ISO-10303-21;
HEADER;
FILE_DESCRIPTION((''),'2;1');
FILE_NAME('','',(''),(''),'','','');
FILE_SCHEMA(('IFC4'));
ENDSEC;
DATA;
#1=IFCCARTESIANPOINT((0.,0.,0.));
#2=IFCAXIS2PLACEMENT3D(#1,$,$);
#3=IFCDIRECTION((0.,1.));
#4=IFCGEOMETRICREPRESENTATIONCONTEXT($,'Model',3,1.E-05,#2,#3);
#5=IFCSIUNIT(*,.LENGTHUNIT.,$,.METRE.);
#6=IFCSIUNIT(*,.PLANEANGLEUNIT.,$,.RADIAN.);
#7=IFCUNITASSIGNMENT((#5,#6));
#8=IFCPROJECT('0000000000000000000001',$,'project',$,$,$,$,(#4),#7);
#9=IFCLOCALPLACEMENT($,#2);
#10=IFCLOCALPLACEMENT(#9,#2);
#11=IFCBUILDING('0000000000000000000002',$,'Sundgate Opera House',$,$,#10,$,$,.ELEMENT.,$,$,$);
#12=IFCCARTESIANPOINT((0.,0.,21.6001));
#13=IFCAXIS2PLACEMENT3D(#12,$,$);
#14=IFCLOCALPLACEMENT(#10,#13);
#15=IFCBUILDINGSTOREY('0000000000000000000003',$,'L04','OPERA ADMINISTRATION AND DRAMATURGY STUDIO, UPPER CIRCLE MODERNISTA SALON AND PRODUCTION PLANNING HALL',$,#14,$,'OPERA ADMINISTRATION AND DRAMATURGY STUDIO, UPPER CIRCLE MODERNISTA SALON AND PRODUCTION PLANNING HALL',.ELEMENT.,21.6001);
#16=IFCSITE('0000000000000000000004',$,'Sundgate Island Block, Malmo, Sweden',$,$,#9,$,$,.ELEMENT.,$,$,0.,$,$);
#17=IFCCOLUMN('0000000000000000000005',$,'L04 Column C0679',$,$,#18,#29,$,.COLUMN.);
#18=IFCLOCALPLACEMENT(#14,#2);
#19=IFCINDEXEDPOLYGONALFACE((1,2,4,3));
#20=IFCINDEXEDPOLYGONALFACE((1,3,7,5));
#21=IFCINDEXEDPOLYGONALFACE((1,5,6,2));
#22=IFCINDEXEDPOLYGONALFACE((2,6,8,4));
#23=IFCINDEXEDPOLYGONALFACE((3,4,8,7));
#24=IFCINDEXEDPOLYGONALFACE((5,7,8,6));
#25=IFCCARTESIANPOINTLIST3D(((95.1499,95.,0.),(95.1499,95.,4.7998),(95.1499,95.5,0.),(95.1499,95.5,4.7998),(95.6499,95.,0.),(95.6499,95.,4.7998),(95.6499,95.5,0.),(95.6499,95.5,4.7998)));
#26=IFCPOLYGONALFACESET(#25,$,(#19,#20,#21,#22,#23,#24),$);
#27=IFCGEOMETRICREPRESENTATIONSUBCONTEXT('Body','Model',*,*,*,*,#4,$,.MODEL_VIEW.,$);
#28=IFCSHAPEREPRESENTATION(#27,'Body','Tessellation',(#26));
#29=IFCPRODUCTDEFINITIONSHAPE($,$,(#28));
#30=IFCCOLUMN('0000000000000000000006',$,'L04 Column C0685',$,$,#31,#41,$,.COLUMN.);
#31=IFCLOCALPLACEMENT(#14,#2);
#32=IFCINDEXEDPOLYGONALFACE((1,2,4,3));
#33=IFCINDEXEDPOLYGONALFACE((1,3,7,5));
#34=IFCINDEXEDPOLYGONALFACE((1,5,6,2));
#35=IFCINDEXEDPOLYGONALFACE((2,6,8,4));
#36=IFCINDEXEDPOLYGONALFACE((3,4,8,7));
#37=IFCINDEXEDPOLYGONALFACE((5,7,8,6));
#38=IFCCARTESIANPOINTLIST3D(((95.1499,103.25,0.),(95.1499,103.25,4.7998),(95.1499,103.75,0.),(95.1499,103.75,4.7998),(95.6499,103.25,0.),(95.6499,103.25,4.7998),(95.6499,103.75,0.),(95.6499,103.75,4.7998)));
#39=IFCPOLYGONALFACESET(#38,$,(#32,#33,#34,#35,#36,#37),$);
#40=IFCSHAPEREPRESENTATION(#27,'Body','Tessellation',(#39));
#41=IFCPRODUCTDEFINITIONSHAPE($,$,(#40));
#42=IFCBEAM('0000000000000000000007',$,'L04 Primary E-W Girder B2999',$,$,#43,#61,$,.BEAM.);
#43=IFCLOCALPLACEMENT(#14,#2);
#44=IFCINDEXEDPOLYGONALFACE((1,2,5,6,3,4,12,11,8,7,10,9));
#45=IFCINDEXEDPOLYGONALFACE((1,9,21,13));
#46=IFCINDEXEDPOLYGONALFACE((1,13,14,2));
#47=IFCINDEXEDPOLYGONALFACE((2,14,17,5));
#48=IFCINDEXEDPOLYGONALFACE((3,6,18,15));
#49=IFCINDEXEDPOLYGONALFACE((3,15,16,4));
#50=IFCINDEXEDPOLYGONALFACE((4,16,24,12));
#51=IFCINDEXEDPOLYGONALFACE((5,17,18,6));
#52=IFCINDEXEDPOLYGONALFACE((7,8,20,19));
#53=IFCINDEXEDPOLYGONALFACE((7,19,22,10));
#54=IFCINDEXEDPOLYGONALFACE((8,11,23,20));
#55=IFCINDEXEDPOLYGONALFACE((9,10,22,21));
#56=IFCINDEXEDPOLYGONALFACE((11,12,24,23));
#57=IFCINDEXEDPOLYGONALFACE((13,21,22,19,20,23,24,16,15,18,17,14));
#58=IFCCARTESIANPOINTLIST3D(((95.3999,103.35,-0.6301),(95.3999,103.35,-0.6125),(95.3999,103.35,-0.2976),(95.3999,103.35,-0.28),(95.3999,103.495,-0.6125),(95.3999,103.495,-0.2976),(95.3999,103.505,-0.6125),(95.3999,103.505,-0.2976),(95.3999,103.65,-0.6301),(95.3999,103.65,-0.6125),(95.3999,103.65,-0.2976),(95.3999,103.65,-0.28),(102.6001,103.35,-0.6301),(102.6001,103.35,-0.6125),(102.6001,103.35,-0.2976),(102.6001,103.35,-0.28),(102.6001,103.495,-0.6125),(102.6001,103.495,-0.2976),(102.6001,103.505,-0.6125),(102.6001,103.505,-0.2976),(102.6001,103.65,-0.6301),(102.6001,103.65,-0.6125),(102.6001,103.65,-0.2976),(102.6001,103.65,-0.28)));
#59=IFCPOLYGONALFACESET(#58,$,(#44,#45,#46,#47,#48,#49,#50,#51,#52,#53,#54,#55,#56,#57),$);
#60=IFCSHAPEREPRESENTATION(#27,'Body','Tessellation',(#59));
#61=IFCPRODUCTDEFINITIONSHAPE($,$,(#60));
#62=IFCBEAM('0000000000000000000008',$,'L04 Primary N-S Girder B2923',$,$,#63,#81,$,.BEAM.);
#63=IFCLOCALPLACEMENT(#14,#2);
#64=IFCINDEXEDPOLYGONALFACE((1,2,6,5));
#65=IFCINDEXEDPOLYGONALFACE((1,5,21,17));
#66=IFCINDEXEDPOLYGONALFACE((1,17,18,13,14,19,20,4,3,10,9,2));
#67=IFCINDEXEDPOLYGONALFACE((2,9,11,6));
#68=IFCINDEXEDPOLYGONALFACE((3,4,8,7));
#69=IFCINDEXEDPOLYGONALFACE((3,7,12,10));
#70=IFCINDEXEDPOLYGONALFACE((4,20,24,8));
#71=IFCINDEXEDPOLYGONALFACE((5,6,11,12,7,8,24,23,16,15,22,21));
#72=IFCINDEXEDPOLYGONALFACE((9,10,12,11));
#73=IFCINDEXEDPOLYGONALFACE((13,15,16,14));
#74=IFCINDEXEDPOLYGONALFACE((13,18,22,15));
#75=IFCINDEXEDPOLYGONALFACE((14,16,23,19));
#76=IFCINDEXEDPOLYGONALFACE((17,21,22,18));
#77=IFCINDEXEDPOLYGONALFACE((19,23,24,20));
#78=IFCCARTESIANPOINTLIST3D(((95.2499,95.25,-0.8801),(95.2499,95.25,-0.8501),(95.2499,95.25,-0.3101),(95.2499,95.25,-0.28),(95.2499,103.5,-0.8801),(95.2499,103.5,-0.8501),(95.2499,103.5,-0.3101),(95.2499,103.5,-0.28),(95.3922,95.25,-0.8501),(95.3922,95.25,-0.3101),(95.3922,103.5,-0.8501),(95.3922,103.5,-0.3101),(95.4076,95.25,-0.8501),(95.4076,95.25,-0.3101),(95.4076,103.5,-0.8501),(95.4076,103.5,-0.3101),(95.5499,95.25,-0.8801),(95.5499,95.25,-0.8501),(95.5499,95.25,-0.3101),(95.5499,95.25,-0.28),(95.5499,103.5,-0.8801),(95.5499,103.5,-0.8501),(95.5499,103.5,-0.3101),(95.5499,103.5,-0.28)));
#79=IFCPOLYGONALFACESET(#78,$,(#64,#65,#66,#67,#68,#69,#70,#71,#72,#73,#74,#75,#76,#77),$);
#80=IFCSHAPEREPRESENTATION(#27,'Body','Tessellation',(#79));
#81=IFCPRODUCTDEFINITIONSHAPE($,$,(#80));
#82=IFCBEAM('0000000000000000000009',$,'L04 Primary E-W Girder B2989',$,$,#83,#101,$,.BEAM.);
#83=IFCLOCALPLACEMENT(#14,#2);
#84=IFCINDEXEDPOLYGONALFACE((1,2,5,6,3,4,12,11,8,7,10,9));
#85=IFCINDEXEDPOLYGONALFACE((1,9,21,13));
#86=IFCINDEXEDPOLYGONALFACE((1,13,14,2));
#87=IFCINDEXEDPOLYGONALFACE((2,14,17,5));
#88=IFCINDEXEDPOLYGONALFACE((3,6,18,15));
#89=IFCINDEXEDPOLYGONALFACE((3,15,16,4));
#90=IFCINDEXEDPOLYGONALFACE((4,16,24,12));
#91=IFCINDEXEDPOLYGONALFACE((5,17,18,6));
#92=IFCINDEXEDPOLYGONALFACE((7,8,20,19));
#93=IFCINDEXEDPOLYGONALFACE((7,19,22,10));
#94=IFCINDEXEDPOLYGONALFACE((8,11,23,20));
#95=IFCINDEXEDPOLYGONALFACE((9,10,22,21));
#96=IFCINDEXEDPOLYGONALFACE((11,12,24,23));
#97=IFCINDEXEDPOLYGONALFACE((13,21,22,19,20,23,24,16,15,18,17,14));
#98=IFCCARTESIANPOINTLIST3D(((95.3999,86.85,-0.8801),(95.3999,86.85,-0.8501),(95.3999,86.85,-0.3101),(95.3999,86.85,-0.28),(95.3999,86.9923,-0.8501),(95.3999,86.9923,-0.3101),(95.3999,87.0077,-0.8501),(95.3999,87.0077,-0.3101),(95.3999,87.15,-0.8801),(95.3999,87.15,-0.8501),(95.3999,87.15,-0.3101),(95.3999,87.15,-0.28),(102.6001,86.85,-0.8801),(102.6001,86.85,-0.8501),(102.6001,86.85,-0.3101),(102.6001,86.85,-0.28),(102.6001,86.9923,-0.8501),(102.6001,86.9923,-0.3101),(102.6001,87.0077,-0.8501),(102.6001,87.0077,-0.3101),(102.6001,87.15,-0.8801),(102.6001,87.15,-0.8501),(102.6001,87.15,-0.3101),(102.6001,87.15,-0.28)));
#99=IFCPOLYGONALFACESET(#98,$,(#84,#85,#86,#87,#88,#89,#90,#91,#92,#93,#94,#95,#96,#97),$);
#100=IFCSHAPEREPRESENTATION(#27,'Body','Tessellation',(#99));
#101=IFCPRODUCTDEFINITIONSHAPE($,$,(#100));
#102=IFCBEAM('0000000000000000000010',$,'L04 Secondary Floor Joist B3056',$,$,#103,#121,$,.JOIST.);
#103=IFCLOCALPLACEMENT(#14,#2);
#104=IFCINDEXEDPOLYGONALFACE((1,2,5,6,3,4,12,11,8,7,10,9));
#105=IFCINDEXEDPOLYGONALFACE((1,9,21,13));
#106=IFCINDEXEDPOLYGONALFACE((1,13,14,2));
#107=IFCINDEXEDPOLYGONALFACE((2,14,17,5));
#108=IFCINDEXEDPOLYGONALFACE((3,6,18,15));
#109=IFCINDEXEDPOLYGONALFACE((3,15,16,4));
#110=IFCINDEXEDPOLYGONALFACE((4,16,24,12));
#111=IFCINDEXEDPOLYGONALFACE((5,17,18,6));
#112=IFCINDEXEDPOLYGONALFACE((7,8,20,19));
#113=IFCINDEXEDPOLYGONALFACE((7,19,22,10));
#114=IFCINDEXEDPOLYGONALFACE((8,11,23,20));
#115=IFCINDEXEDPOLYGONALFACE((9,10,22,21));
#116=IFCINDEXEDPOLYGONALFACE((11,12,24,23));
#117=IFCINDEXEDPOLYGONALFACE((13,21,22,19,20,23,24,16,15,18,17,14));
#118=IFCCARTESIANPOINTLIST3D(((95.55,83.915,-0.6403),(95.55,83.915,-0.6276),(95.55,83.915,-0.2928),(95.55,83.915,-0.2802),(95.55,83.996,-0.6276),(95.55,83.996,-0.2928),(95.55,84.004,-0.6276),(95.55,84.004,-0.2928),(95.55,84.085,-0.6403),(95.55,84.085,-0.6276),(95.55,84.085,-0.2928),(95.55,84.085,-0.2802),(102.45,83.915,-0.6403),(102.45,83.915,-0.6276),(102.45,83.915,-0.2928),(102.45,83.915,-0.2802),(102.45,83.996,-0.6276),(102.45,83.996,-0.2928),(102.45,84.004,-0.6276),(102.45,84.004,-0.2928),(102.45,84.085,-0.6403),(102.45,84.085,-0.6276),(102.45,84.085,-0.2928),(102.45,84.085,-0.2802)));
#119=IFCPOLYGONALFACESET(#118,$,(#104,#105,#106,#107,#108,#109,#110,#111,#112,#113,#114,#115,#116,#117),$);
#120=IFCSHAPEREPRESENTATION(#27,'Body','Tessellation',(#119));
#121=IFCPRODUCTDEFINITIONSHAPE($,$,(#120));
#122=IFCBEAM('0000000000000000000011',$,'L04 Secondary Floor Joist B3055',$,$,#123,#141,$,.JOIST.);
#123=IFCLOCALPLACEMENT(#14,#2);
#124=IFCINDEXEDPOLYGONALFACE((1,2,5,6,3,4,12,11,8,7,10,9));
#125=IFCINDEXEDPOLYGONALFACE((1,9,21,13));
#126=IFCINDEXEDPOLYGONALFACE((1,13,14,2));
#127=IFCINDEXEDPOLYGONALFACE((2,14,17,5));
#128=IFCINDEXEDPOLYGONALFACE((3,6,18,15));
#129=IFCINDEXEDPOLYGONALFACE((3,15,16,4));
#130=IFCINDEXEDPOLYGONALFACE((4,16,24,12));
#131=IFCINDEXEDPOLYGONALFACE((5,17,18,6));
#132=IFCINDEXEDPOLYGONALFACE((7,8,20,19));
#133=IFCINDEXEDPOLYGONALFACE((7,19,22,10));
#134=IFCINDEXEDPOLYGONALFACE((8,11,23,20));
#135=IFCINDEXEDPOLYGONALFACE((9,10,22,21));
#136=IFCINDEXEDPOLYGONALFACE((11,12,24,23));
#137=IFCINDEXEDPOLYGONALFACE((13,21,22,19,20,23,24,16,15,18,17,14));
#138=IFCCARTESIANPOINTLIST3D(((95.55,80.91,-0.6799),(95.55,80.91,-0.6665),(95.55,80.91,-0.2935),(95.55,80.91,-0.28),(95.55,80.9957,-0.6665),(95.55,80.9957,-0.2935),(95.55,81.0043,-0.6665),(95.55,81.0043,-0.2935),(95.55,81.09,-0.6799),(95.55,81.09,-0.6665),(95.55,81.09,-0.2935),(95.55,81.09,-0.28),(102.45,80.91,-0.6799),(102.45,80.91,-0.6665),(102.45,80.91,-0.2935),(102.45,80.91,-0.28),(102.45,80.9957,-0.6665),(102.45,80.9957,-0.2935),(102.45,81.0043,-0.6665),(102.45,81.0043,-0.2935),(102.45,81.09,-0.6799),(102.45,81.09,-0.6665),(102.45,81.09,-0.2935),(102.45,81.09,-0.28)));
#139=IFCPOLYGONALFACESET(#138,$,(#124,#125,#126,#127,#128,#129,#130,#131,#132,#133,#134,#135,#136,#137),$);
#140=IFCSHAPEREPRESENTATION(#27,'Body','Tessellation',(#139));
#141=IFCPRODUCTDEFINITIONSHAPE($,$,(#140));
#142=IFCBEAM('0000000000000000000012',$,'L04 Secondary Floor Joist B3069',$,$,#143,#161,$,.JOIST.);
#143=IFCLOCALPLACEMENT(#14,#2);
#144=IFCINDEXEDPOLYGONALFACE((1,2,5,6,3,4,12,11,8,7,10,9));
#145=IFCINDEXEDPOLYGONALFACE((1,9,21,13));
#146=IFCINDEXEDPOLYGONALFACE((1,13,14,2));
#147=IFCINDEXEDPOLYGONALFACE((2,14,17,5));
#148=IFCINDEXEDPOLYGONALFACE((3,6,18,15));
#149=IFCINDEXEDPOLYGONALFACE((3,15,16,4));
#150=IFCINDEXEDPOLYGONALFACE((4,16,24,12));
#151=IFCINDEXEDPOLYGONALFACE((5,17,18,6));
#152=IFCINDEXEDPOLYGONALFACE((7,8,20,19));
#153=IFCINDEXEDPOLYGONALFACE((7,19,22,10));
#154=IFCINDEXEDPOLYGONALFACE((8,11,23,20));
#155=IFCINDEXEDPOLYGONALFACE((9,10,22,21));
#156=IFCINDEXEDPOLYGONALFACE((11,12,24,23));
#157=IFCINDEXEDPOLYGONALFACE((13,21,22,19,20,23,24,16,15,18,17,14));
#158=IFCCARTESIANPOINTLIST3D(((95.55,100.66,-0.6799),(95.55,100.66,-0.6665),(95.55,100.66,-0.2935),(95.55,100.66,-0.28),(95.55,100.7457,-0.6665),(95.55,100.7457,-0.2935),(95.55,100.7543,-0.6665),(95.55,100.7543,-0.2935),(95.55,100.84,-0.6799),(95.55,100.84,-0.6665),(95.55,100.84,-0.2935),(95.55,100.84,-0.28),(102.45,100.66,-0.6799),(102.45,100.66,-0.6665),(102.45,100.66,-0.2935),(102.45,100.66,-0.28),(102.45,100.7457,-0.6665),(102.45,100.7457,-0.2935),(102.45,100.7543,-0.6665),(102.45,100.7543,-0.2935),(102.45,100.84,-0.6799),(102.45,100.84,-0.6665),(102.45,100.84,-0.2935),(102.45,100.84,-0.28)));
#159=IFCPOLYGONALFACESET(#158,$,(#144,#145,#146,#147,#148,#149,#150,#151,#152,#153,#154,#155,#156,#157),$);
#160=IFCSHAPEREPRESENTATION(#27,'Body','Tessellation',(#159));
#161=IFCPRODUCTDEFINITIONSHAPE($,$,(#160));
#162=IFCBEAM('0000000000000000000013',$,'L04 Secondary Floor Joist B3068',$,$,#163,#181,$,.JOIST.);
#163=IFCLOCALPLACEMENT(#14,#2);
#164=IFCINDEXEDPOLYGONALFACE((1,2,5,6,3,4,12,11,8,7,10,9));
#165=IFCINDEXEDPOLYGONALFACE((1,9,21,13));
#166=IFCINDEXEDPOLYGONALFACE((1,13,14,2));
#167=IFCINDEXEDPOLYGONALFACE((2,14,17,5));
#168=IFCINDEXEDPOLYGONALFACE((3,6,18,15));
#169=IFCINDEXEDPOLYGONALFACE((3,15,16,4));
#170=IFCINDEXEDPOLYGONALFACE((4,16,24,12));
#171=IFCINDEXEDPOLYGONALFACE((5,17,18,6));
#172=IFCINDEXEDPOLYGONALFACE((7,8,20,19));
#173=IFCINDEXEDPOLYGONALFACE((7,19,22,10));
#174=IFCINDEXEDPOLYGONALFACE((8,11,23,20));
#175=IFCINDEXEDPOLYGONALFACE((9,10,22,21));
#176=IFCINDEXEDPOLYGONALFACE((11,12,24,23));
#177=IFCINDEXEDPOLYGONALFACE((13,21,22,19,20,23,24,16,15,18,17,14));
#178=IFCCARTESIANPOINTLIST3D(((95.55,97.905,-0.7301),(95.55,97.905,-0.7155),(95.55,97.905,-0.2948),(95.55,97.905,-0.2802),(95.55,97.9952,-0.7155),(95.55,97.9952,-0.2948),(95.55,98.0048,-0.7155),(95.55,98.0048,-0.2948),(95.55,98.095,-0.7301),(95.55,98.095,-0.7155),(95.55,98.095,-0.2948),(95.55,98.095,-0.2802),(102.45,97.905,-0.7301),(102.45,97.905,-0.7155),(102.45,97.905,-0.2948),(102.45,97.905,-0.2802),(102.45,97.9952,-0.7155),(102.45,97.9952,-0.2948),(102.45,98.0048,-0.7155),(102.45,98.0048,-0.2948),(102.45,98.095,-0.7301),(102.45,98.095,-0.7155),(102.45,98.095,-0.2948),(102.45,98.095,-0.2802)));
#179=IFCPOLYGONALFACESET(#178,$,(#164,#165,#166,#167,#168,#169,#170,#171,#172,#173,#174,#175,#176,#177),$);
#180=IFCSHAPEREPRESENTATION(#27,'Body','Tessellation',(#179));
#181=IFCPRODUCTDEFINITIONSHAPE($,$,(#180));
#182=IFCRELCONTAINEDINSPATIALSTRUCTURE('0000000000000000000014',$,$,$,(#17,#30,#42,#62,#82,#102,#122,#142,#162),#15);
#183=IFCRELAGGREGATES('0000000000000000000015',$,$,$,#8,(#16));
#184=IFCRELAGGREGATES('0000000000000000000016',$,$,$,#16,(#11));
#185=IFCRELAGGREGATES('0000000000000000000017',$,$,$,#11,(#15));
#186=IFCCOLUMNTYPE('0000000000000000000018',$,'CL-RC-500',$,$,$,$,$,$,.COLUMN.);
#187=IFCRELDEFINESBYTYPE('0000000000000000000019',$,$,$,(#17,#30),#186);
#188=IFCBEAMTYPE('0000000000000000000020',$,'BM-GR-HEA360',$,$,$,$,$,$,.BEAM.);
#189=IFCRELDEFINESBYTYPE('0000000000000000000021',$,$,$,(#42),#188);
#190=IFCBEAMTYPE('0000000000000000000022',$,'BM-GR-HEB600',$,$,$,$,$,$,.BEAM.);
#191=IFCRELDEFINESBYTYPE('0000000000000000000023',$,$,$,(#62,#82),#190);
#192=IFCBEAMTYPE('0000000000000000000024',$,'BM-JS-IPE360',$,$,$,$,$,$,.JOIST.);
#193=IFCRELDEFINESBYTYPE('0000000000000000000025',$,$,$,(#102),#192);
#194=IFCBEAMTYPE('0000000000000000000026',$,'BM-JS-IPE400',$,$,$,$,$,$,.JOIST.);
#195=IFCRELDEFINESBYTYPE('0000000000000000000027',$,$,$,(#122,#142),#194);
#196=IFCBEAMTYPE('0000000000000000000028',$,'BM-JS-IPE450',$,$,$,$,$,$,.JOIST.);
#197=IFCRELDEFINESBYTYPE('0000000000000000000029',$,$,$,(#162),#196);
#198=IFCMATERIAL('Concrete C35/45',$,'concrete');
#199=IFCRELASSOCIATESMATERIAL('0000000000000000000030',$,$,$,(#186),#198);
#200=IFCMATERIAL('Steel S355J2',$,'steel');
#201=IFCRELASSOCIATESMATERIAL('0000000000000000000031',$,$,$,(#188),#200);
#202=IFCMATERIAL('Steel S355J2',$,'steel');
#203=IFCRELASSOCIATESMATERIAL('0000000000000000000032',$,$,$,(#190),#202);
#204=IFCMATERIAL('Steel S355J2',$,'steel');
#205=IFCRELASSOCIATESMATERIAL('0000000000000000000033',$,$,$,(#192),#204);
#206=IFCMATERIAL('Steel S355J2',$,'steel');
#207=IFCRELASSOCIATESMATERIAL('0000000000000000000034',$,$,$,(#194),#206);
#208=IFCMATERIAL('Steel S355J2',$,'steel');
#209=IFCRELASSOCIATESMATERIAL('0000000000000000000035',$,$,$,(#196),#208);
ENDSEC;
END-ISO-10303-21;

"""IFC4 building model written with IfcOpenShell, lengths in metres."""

from ifc_helpers import new_model, si_unit, direction, frame, origin, origin_2d, place, context, subcontext, project, spatial, rectangle, i_section, extrude, material, material_profile, profile_set, type_object, element, save


model = new_model("IFC4")

# Units and contexts
model_context = context("Model", 3, precision=1e-05, world=origin(), true_north=direction((0.0, 1.0)))
body_context = subcontext(model_context, "Body", "Model", "MODEL_VIEW")
ifc_project = project(units=[si_unit("LENGTHUNIT", "METRE"), si_unit("PLANEANGLEUNIT", "RADIAN")], contexts=[model_context])

# Site, building, storey
site_placement = place(None, origin())
site = spatial("IfcSite", under=ifc_project, at=site_placement, Name="Sundgate Island Block, Malmo, Sweden", CompositionType="ELEMENT", RefElevation=0.0)
building_placement = place(site_placement, origin())
building = spatial("IfcBuilding", under=site, at=building_placement, Name="Sundgate Opera House", CompositionType="ELEMENT")
storey_placement = place(building_placement, frame((0.0, 0.0, 21.6001)))
storey = spatial("IfcBuildingStorey", under=building, at=storey_placement, Name="L04", Description="OPERA ADMINISTRATION AND DRAMATURGY STUDIO, UPPER CIRCLE MODERNISTA SALON AND PRODUCTION PLANNING HALL", LongName="OPERA ADMINISTRATION AND DRAMATURGY STUDIO, UPPER CIRCLE MODERNISTA SALON AND PRODUCTION PLANNING HALL", CompositionType="ELEMENT", Elevation=21.6001)

# Columns
ifc_material_1 = material(Name="Concrete C35/45", Category="concrete")
ifc_material_profile_1 = material_profile(ifc_material_1, rectangle(XDim=0.5, YDim=0.5, at=origin_2d()), Name="RC 500x500")
ifc_profile_set_1 = profile_set([ifc_material_profile_1], Name="Concrete C35/45")
column_type = type_object("IfcColumnType", Name="CL-RC-500", PredefinedType="COLUMN", material=ifc_profile_set_1)
for number, where, z_axis, x_axis, name in (
    (1, (95.3999, 95.25, 0.0), (0.0, 0.0, 1.0), (1.0, 0.0, 0.0), "L04 Column C0679"),
    (2, (95.3999, 103.5, 0.0), (0.0, 0.0, 1.0), (1.0, 0.0, 0.0), "L04 Column C0685"),
):
    element("IfcColumn", number, at=place(storey_placement, frame(where, z_axis=z_axis, x_axis=x_axis)), inside=storey, type_object=column_type, Name=name, PredefinedType="COLUMN", context=body_context, shape_type="SweptSolid", body=[
        extrude(rectangle(XDim=0.5, YDim=0.5, at=origin_2d()), origin(), (0.0, 0.0, 1.0), 4.7998),
    ])

# Beams
ifc_material_2 = material(Name="Steel S355J2", Category="steel")
ifc_material_profile_2 = material_profile(ifc_material_2, i_section(OverallWidth=0.3, OverallDepth=0.3501, WebThickness=0.01, FlangeThickness=0.0176, at=origin_2d()), Name="HEA 360")
ifc_profile_set_2 = profile_set([ifc_material_profile_2], Name="Steel S355J2")
beam_type_1 = type_object("IfcBeamType", Name="BM-GR-HEA360", PredefinedType="BEAM", material=ifc_profile_set_2)
beam_1_placement = place(storey_placement, frame((95.3999, 103.5, -0.4551), z_axis=(1.0, 0.0, 0.0), x_axis=(0.0, 1.0, 0.0)))
element("IfcBeam", 3, at=beam_1_placement, inside=storey, type_object=beam_type_1, Name="L04 Primary E-W Girder B2999", PredefinedType="BEAM", context=body_context, shape_type="SweptSolid", body=[
    extrude(i_section(OverallWidth=0.3, OverallDepth=0.3501, WebThickness=0.01, FlangeThickness=0.0176, at=origin_2d()), origin(), (0.0, 0.0, 1.0), 7.2002),
])
ifc_material_3 = material(Name="Steel S355J2", Category="steel")
ifc_material_profile_3 = material_profile(ifc_material_3, i_section(OverallWidth=0.3, OverallDepth=0.6001, WebThickness=0.0154, FlangeThickness=0.03, at=origin_2d()), Name="HEB 600")
ifc_profile_set_3 = profile_set([ifc_material_profile_3], Name="Steel S355J2")
beam_type_2 = type_object("IfcBeamType", Name="BM-GR-HEB600", PredefinedType="BEAM", material=ifc_profile_set_3)
beam_2_placement = place(storey_placement, frame((95.3999, 95.25, -0.5801), z_axis=(0.0, 1.0, 0.0), x_axis=(-1.0, 0.0, 0.0)))
element("IfcBeam", 4, at=beam_2_placement, inside=storey, type_object=beam_type_2, Name="L04 Primary N-S Girder B2923", PredefinedType="BEAM", context=body_context, shape_type="SweptSolid", body=[
    extrude(i_section(OverallWidth=0.3, OverallDepth=0.6001, WebThickness=0.0154, FlangeThickness=0.03, at=origin_2d()), origin(), (0.0, 0.0, 1.0), 8.25),
])
beam_3_placement = place(storey_placement, frame((95.3999, 87.0, -0.5801), z_axis=(1.0, 0.0, 0.0), x_axis=(0.0, 1.0, 0.0)))
element("IfcBeam", 5, at=beam_3_placement, inside=storey, type_object=beam_type_2, Name="L04 Primary E-W Girder B2989", PredefinedType="BEAM", context=body_context, shape_type="SweptSolid", body=[
    extrude(i_section(OverallWidth=0.3, OverallDepth=0.6001, WebThickness=0.0154, FlangeThickness=0.03, at=origin_2d()), origin(), (0.0, 0.0, 1.0), 7.2002),
])
ifc_material_4 = material(Name="Steel S355J2", Category="steel")
ifc_material_profile_4 = material_profile(ifc_material_4, i_section(OverallWidth=0.1699, OverallDepth=0.3601, WebThickness=0.0081, FlangeThickness=0.0127, at=origin_2d()), Name="IPE 360")
ifc_profile_set_4 = profile_set([ifc_material_profile_4], Name="Steel S355J2")
beam_type_3 = type_object("IfcBeamType", Name="BM-JS-IPE360", PredefinedType="JOIST", material=ifc_profile_set_4)
beam_4_placement = place(storey_placement, frame((95.55, 84.0, -0.4602), z_axis=(1.0, 0.0, 0.0), x_axis=(0.0, 1.0, 0.0)))
element("IfcBeam", 6, at=beam_4_placement, inside=storey, type_object=beam_type_3, Name="L04 Secondary Floor Joist B3056", PredefinedType="JOIST", context=body_context, shape_type="SweptSolid", body=[
    extrude(i_section(OverallWidth=0.1699, OverallDepth=0.3601, WebThickness=0.0081, FlangeThickness=0.0127, at=origin_2d()), origin(), (0.0, 0.0, 1.0), 6.8999),
])
ifc_material_5 = material(Name="Steel S355J2", Category="steel")
ifc_material_profile_5 = material_profile(ifc_material_5, i_section(OverallWidth=0.1799, OverallDepth=0.3999, WebThickness=0.0085, FlangeThickness=0.0134, at=origin_2d()), Name="IPE 400")
ifc_profile_set_5 = profile_set([ifc_material_profile_5], Name="Steel S355J2")
beam_type_4 = type_object("IfcBeamType", Name="BM-JS-IPE400", PredefinedType="JOIST", material=ifc_profile_set_5)
for number, where, z_axis, x_axis, name in (
    (7, (95.55, 81.0, -0.48), (1.0, 0.0, 0.0), (0.0, 1.0, 0.0), "L04 Secondary Floor Joist B3055"),
    (8, (95.55, 100.75, -0.48), (1.0, 0.0, 0.0), (0.0, 1.0, 0.0), "L04 Secondary Floor Joist B3069"),
):
    element("IfcBeam", number, at=place(storey_placement, frame(where, z_axis=z_axis, x_axis=x_axis)), inside=storey, type_object=beam_type_4, Name=name, PredefinedType="JOIST", context=body_context, shape_type="SweptSolid", body=[
        extrude(i_section(OverallWidth=0.1799, OverallDepth=0.3999, WebThickness=0.0085, FlangeThickness=0.0134, at=origin_2d()), origin(), (0.0, 0.0, 1.0), 6.8999),
    ])
ifc_material_6 = material(Name="Steel S355J2", Category="steel")
ifc_material_profile_6 = material_profile(ifc_material_6, i_section(OverallWidth=0.1899, OverallDepth=0.45, WebThickness=0.0095, FlangeThickness=0.0146, at=origin_2d()), Name="IPE 450")
ifc_profile_set_6 = profile_set([ifc_material_profile_6], Name="Steel S355J2")
beam_type_5 = type_object("IfcBeamType", Name="BM-JS-IPE450", PredefinedType="JOIST", material=ifc_profile_set_6)
beam_5_placement = place(storey_placement, frame((95.55, 98.0, -0.5051), z_axis=(1.0, 0.0, 0.0), x_axis=(0.0, 1.0, 0.0)))
element("IfcBeam", 9, at=beam_5_placement, inside=storey, type_object=beam_type_5, Name="L04 Secondary Floor Joist B3068", PredefinedType="JOIST", context=body_context, shape_type="SweptSolid", body=[
    extrude(i_section(OverallWidth=0.1899, OverallDepth=0.45, WebThickness=0.0095, FlangeThickness=0.0146, at=origin_2d()), origin(), (0.0, 0.0, 1.0), 6.8999),
])

save(model, "model.ifc")
